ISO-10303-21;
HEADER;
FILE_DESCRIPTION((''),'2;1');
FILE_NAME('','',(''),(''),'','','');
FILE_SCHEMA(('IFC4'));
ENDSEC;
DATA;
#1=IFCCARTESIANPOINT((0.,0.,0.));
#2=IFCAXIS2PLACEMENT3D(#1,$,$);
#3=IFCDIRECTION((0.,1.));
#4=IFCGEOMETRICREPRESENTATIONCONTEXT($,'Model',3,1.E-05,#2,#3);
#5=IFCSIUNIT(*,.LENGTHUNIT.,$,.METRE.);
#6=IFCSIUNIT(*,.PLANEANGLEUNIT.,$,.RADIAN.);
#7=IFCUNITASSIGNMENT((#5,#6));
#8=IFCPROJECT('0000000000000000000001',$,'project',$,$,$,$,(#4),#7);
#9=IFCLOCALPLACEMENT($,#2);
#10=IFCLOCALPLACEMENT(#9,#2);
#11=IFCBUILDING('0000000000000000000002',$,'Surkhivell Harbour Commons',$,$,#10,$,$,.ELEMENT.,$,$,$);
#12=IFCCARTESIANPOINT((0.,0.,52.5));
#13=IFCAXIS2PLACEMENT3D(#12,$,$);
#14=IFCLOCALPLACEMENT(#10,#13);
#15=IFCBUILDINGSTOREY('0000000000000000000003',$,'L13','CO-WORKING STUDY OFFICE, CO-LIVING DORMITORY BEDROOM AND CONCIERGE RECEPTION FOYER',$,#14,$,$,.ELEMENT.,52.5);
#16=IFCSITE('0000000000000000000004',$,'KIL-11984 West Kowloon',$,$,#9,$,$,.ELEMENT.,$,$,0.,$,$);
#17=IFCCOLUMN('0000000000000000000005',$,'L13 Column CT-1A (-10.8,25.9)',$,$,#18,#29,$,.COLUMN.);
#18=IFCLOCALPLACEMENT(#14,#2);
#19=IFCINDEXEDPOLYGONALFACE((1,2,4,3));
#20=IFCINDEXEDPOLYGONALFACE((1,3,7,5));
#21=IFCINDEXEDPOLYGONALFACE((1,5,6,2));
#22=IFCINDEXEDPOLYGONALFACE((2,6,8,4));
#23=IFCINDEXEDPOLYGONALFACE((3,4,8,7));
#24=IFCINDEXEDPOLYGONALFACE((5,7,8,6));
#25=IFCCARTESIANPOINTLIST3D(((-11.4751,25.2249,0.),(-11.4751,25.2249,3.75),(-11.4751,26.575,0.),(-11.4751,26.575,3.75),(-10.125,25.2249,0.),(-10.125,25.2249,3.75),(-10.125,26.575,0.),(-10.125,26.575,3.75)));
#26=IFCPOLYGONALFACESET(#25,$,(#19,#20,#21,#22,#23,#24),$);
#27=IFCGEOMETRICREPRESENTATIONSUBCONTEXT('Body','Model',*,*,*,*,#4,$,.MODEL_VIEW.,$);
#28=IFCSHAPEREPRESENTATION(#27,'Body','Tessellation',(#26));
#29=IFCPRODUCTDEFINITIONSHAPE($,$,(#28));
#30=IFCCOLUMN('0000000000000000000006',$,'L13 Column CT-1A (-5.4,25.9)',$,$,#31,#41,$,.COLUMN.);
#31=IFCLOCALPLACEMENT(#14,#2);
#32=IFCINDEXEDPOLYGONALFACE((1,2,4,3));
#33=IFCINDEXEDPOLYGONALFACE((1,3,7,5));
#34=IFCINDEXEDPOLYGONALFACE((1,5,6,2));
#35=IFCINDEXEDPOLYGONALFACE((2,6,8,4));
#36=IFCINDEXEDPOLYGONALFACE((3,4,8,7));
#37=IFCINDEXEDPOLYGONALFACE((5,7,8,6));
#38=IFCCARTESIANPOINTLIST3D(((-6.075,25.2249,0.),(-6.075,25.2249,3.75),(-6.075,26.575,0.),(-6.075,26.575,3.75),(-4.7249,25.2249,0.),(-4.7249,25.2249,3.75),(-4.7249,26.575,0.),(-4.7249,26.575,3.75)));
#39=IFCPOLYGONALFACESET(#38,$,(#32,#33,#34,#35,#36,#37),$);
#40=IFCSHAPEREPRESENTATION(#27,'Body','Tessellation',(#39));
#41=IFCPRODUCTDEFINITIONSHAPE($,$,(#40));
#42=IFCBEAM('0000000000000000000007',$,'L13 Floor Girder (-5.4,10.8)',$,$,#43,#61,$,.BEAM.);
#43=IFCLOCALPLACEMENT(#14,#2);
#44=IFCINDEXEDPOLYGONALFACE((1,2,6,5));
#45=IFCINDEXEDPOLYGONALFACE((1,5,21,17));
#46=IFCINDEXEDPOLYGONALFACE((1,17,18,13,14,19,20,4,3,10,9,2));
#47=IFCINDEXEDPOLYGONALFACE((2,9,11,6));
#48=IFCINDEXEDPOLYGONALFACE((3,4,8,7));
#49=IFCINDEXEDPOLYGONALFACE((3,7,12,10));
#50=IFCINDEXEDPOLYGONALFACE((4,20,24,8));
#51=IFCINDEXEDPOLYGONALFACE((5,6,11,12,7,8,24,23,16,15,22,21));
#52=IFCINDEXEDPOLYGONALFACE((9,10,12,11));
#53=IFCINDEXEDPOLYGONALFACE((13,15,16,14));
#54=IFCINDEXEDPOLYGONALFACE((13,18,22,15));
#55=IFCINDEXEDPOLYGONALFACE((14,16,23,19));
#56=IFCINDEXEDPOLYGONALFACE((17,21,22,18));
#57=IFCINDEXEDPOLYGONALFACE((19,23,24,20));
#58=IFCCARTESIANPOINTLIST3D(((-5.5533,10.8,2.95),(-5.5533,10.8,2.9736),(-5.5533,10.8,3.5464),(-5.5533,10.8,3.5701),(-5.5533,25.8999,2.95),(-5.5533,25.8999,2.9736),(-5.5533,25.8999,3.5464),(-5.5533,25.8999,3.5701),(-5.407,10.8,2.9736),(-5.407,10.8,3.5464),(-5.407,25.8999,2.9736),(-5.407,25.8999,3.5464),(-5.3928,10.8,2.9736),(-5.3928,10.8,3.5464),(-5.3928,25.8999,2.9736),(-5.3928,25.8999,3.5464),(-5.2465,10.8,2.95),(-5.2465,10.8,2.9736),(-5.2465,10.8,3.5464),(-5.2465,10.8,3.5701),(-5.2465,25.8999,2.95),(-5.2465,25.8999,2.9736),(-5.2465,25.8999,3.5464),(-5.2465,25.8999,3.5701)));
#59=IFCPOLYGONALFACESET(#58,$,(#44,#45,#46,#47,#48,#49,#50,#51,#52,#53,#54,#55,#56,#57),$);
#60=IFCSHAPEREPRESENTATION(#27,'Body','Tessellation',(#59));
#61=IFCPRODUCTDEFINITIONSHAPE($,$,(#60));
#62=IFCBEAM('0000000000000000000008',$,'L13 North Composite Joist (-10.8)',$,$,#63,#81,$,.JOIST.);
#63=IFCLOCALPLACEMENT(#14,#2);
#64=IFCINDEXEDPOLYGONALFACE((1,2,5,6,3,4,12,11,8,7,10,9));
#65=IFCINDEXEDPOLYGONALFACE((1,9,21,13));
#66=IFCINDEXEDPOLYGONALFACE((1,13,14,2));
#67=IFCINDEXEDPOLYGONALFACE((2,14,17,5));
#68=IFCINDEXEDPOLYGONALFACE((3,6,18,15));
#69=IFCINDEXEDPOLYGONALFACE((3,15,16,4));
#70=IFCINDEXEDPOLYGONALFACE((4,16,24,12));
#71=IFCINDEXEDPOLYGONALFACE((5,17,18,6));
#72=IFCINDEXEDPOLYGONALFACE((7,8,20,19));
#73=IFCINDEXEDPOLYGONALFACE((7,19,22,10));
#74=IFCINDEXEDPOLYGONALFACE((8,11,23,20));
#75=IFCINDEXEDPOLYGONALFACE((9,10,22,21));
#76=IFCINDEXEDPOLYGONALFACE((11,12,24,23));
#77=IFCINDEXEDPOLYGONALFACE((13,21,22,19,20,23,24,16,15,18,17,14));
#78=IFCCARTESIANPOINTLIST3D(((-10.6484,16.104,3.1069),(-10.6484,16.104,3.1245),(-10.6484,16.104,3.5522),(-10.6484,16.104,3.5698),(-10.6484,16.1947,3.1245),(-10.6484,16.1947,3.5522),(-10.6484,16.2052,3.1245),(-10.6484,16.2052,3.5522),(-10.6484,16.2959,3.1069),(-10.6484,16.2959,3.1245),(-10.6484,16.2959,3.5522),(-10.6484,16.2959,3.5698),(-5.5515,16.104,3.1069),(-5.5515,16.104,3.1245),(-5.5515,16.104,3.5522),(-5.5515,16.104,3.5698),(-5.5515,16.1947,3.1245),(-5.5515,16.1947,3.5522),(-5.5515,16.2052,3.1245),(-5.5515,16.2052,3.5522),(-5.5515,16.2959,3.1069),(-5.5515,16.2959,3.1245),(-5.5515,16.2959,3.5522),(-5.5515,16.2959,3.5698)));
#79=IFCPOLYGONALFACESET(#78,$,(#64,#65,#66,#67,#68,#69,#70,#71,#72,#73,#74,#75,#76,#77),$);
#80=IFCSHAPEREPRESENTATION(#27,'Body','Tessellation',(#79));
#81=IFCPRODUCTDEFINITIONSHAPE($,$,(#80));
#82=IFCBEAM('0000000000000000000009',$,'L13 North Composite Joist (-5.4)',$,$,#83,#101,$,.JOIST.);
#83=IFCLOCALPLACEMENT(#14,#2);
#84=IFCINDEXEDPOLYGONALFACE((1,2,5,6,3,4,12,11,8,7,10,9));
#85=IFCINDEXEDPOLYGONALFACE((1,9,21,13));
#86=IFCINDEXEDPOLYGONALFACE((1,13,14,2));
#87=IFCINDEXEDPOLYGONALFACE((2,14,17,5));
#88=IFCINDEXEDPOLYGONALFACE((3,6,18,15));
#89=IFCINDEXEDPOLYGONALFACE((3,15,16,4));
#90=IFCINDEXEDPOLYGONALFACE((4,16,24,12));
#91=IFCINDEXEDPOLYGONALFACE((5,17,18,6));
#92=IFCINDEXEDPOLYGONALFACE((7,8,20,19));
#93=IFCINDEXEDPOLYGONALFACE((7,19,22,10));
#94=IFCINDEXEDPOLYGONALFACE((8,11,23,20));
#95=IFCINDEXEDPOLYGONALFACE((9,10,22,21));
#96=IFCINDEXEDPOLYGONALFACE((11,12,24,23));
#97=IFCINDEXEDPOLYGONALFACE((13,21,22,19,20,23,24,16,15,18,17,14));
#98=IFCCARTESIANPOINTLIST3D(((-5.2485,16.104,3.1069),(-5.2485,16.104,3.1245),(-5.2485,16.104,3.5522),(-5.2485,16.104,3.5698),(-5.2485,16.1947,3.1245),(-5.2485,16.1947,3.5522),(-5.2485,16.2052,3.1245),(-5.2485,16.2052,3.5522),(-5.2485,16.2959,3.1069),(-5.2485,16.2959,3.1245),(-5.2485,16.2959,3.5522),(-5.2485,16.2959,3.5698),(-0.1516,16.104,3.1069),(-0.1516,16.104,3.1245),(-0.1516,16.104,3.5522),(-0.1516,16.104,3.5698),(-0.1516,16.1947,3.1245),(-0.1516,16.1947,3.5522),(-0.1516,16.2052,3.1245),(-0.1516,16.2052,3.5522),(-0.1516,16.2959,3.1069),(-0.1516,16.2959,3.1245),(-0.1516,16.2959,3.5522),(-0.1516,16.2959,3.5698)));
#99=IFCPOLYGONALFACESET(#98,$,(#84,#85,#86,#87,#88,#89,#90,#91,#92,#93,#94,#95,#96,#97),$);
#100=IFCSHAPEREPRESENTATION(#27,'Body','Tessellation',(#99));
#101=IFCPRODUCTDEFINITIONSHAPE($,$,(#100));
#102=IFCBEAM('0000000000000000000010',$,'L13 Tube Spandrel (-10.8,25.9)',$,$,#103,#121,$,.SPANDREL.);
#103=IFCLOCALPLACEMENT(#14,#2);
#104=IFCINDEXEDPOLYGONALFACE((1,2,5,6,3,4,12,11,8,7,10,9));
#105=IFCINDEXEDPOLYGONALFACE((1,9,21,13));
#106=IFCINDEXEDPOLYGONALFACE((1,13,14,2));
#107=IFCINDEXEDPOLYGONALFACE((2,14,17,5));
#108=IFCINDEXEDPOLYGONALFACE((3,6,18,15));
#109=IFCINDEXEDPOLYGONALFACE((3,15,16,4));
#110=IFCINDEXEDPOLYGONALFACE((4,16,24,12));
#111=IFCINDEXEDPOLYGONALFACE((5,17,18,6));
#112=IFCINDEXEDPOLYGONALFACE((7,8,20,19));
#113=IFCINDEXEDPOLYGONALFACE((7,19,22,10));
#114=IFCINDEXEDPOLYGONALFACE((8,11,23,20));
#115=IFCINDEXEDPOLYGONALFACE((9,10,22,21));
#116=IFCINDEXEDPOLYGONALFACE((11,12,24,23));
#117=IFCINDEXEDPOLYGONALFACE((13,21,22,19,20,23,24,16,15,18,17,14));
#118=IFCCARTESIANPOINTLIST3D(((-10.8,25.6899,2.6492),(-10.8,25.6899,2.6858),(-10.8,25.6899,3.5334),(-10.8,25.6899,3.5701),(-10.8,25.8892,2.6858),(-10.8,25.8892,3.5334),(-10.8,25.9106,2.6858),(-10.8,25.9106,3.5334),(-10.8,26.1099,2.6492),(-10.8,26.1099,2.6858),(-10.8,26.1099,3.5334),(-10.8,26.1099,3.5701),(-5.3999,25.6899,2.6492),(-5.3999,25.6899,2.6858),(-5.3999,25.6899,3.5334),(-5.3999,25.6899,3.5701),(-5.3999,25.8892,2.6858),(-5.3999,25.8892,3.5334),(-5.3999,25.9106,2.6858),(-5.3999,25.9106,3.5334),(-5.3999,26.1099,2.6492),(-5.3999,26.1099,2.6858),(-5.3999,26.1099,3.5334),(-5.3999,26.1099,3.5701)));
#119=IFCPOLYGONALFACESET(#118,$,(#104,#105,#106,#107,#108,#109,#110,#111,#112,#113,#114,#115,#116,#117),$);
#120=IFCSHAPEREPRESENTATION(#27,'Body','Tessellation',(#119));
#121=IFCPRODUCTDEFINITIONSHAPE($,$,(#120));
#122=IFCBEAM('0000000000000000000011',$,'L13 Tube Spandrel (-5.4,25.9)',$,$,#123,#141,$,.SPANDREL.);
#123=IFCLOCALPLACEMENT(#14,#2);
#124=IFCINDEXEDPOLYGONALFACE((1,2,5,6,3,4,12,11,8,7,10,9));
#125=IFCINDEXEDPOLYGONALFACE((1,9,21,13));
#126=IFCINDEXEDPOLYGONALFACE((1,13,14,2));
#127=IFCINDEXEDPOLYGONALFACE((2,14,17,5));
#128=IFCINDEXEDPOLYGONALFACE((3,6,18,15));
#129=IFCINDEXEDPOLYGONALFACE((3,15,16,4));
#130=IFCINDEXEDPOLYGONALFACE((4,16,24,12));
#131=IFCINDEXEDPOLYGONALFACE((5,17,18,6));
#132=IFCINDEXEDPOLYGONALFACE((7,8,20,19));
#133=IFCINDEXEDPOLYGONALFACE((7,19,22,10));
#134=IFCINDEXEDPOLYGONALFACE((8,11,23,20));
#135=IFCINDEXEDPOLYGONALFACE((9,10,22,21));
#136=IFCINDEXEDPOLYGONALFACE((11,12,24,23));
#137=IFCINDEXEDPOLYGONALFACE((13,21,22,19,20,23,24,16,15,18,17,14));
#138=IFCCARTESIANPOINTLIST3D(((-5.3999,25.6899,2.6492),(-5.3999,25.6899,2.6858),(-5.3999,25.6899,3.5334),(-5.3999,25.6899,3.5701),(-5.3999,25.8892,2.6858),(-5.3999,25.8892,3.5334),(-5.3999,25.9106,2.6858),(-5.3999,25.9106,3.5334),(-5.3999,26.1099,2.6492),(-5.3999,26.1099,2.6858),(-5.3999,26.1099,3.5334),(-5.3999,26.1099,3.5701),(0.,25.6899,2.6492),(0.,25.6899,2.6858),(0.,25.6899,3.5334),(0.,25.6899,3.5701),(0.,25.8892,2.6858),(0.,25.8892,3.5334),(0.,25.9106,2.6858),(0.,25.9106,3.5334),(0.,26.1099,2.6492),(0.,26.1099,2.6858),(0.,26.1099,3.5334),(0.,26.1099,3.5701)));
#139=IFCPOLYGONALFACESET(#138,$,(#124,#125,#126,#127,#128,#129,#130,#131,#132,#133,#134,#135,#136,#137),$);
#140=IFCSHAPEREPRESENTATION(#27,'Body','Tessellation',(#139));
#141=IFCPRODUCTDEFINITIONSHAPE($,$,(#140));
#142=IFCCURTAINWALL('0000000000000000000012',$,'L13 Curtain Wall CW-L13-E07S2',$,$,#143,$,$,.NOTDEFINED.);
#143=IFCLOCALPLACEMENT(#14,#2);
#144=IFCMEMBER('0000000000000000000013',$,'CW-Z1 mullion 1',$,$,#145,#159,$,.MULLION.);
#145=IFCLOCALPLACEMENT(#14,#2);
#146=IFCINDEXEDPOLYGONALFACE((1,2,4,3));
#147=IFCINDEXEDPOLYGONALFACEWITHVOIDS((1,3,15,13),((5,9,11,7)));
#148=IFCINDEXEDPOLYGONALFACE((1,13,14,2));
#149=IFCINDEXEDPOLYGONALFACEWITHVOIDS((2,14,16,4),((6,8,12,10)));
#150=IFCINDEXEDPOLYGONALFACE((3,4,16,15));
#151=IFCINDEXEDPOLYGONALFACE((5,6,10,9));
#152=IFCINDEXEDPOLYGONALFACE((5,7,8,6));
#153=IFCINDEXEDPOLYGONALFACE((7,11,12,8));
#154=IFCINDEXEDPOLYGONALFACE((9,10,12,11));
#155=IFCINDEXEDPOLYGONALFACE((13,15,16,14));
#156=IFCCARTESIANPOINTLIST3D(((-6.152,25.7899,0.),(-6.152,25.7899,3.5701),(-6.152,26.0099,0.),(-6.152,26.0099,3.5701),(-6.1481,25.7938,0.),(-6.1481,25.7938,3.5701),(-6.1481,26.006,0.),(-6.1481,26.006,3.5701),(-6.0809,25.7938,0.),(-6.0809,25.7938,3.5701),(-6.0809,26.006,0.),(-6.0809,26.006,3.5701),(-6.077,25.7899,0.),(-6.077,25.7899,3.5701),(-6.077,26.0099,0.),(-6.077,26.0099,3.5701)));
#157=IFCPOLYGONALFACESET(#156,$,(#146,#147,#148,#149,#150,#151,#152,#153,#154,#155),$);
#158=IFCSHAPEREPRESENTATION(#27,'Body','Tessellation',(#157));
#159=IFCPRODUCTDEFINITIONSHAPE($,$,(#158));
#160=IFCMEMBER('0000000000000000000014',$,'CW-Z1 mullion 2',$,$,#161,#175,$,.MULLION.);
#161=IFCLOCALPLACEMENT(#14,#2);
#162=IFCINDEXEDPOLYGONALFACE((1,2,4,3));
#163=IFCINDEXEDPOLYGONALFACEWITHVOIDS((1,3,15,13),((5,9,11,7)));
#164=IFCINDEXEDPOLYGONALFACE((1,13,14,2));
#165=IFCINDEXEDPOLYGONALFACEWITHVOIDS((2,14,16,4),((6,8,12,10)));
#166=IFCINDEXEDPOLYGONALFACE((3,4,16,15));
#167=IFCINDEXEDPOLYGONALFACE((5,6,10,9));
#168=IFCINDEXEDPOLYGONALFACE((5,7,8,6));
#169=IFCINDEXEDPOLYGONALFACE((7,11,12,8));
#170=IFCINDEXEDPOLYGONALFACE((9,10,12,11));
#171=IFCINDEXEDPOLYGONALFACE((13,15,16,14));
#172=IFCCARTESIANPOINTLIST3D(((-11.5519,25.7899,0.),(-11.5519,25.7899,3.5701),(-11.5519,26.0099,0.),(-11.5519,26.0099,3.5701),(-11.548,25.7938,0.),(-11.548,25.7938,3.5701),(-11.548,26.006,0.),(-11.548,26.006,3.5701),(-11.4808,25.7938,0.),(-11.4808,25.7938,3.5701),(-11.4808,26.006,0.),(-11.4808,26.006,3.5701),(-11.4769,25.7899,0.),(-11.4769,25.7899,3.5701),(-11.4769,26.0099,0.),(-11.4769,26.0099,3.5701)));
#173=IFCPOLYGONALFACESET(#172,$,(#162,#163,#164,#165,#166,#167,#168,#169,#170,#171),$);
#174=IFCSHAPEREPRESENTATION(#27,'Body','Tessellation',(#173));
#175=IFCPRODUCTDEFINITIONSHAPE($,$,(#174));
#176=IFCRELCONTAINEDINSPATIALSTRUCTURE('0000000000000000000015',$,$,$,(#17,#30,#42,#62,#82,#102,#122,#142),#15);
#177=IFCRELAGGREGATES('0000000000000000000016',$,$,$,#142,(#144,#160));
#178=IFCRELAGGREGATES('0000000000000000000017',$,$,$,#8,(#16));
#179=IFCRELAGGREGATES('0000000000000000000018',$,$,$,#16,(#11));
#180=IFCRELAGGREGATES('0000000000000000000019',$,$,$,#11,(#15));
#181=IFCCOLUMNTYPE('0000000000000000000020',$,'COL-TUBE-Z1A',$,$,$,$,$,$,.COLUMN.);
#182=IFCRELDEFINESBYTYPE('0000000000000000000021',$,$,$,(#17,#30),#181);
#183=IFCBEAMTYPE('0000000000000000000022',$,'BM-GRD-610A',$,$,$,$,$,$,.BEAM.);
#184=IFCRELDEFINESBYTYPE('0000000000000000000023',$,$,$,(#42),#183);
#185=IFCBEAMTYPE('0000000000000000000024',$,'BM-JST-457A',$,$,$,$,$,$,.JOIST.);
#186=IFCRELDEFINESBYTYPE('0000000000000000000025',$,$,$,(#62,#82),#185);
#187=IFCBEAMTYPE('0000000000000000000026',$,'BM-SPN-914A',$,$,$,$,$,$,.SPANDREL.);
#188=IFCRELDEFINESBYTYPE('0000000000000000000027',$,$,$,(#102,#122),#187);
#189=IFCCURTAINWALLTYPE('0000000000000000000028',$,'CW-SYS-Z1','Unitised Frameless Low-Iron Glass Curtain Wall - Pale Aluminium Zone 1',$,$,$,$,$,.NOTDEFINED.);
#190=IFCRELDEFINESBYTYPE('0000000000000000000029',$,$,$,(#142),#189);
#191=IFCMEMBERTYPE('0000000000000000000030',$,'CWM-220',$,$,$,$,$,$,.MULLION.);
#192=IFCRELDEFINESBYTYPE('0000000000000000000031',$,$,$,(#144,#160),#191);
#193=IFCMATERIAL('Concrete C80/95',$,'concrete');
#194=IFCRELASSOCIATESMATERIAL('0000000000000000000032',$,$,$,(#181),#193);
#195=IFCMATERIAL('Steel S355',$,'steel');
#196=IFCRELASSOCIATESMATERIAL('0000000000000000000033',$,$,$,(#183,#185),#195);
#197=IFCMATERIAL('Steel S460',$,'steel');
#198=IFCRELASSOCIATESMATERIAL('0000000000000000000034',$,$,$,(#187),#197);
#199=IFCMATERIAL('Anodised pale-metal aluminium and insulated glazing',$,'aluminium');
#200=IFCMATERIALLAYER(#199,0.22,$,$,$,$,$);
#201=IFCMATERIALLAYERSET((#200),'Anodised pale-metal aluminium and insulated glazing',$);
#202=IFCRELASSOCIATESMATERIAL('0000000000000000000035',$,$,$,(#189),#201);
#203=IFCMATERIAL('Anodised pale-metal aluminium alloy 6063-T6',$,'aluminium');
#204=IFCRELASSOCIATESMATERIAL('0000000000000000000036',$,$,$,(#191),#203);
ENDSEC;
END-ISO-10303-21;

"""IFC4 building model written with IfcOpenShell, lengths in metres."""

from ifc_helpers import new_model, si_unit, direction, frame, origin, origin_2d, place, context, subcontext, project, spatial, rectangle, hollow_rectangle, i_section, extrude, material, layer, layer_set, material_profile, profile_set, type_object, element, aggregate, save


model = new_model("IFC4")

# Units and contexts
model_context = context("Model", 3, precision=1e-05, world=origin(), true_north=direction((0.0, 1.0)))
body_context = subcontext(model_context, "Body", "Model", "MODEL_VIEW")
ifc_project = project(units=[si_unit("LENGTHUNIT", "METRE"), si_unit("PLANEANGLEUNIT", "RADIAN")], contexts=[model_context])

# Site, building, storey
site_placement = place(None, origin())
site = spatial("IfcSite", under=ifc_project, at=site_placement, Name="KIL-11984 West Kowloon", CompositionType="ELEMENT", RefElevation=0.0)
building_placement = place(site_placement, origin())
building = spatial("IfcBuilding", under=site, at=building_placement, Name="Surkhivell Harbour Commons", CompositionType="ELEMENT")
storey_placement = place(building_placement, frame((0.0, 0.0, 52.5)))
storey = spatial("IfcBuildingStorey", under=building, at=storey_placement, Name="L13", Description="CO-WORKING STUDY OFFICE, CO-LIVING DORMITORY BEDROOM AND CONCIERGE RECEPTION FOYER", CompositionType="ELEMENT", Elevation=52.5)

# Columns
ifc_material_1 = material(Name="Concrete C80/95", Category="concrete")
ifc_material_profile_1 = material_profile(ifc_material_1, rectangle(XDim=1.3501, YDim=1.3501, at=origin_2d()), Name="RC-COL-1350x1350")
ifc_profile_set_1 = profile_set([ifc_material_profile_1], Name="Concrete C80/95")
column_type = type_object("IfcColumnType", Name="COL-TUBE-Z1A", PredefinedType="COLUMN", material=ifc_profile_set_1)
for number, where, z_axis, x_axis, name in (
    (1, (-10.8, 25.8999, 0.0), (0.0, 0.0, 1.0), (1.0, 0.0, 0.0), "L13 Column CT-1A (-10.8,25.9)"),
    (2, (-5.3999, 25.8999, 0.0), (0.0, 0.0, 1.0), (1.0, 0.0, 0.0), "L13 Column CT-1A (-5.4,25.9)"),
):
    element("IfcColumn", number, at=place(storey_placement, frame(where, z_axis=z_axis, x_axis=x_axis)), inside=storey, type_object=column_type, Name=name, PredefinedType="COLUMN", context=body_context, shape_type="SweptSolid", body=[
        extrude(rectangle(XDim=1.3501, YDim=1.3501, at=origin_2d()), origin(), (0.0, 0.0, 1.0), 3.75),
    ])

# Beams
ifc_material_2 = material(Name="Steel S355", Category="steel")
ifc_material_profile_2 = material_profile(ifc_material_2, i_section(OverallWidth=0.3069, OverallDepth=0.6201, WebThickness=0.0142, FlangeThickness=0.0237, at=origin_2d()), Name="UB610x305x179")
ifc_profile_set_2 = profile_set([ifc_material_profile_2], Name="Steel S355")
beam_type_1 = type_object("IfcBeamType", Name="BM-GRD-610A", PredefinedType="BEAM", material=ifc_profile_set_2)
beam_1_placement = place(storey_placement, frame((-5.3999, 10.8, 3.26), z_axis=(0.0, 1.0, 0.0), x_axis=(-1.0, 0.0, 0.0)))
element("IfcBeam", 3, at=beam_1_placement, inside=storey, type_object=beam_type_1, Name="L13 Floor Girder (-5.4,10.8)", PredefinedType="BEAM", context=body_context, shape_type="SweptSolid", body=[
    extrude(i_section(OverallWidth=0.3069, OverallDepth=0.6201, WebThickness=0.0142, FlangeThickness=0.0237, at=origin_2d()), origin(), (0.0, 0.0, 1.0), 15.0999),
])
ifc_material_profile_3 = material_profile(ifc_material_2, i_section(OverallWidth=0.1919, OverallDepth=0.4629, WebThickness=0.0105, FlangeThickness=0.0176, at=origin_2d()), Name="UB457x191x89")
ifc_profile_set_3 = profile_set([ifc_material_profile_3], Name="Steel S355")
beam_type_2 = type_object("IfcBeamType", Name="BM-JST-457A", PredefinedType="JOIST", material=ifc_profile_set_3)
for number, where, z_axis, x_axis, name in (
    (4, (-10.6484, 16.2, 3.3384), (1.0, 0.0, 0.0), (0.0, 1.0, 0.0), "L13 North Composite Joist (-10.8)"),
    (5, (-5.2485, 16.2, 3.3384), (1.0, 0.0, 0.0), (0.0, 1.0, 0.0), "L13 North Composite Joist (-5.4)"),
):
    element("IfcBeam", number, at=place(storey_placement, frame(where, z_axis=z_axis, x_axis=x_axis)), inside=storey, type_object=beam_type_2, Name=name, PredefinedType="JOIST", context=body_context, shape_type="SweptSolid", body=[
        extrude(i_section(OverallWidth=0.1919, OverallDepth=0.4629, WebThickness=0.0105, FlangeThickness=0.0176, at=origin_2d()), origin(), (0.0, 0.0, 1.0), 5.0969),
    ])
ifc_material_3 = material(Name="Steel S460", Category="steel")
ifc_material_profile_4 = material_profile(ifc_material_3, i_section(OverallWidth=0.4199, OverallDepth=0.9209, WebThickness=0.0215, FlangeThickness=0.0366, at=origin_2d()), Name="UB914x419x388")
ifc_profile_set_4 = profile_set([ifc_material_profile_4], Name="Steel S460")
beam_type_3 = type_object("IfcBeamType", Name="BM-SPN-914A", PredefinedType="SPANDREL", material=ifc_profile_set_4)
beam_2_placement = place(storey_placement, frame((-10.8, 25.8999, 3.1096), z_axis=(1.0, 0.0, 0.0), x_axis=(0.0, 1.0, 0.0)))
element("IfcBeam", 6, at=beam_2_placement, inside=storey, type_object=beam_type_3, Name="L13 Tube Spandrel (-10.8,25.9)", PredefinedType="SPANDREL", context=body_context, shape_type="SweptSolid", body=[
    extrude(i_section(OverallWidth=0.4199, OverallDepth=0.9209, WebThickness=0.0215, FlangeThickness=0.0366, at=origin_2d()), origin(), (0.0, 0.0, 1.0), 5.4001),
])
beam_3_placement = place(storey_placement, frame((-5.3999, 25.8999, 3.1096), z_axis=(1.0, 0.0, 0.0), x_axis=(0.0, 1.0, 0.0)))
element("IfcBeam", 7, at=beam_3_placement, inside=storey, type_object=beam_type_3, Name="L13 Tube Spandrel (-5.4,25.9)", PredefinedType="SPANDREL", context=body_context, shape_type="SweptSolid", body=[
    extrude(i_section(OverallWidth=0.4199, OverallDepth=0.9209, WebThickness=0.0215, FlangeThickness=0.0366, at=origin_2d()), origin(), (0.0, 0.0, 1.0), 5.3999),
])

# Curtain wall, members
ifc_material_4 = material(Name="Anodised pale-metal aluminium and insulated glazing", Category="aluminium")
ifc_layer_1 = layer(ifc_material_4, 0.22)
ifc_layer_set_1 = layer_set([ifc_layer_1], Name="Anodised pale-metal aluminium and insulated glazing")
curtain_wall_type = type_object("IfcCurtainWallType", Name="CW-SYS-Z1", Description="Unitised Frameless Low-Iron Glass Curtain Wall - Pale Aluminium Zone 1", PredefinedType="NOTDEFINED", material=ifc_layer_set_1)
curtain_wall_placement = place(storey_placement, origin())
curtain_wall = element("IfcCurtainWall", 8, at=curtain_wall_placement, inside=storey, type_object=curtain_wall_type, Name="L13 Curtain Wall CW-L13-E07S2", PredefinedType="NOTDEFINED")
ifc_material_5 = material(Name="Anodised pale-metal aluminium alloy 6063-T6", Category="aluminium")
ifc_material_profile_5 = material_profile(ifc_material_5, hollow_rectangle(XDim=0.075, YDim=0.22, WallThickness=0.0039, at=origin_2d()), Name="ALU-MULL-75x220")
ifc_profile_set_5 = profile_set([ifc_material_profile_5], Name="Anodised pale-metal aluminium alloy 6063-T6")
member_type_1 = type_object("IfcMemberType", Name="CWM-220", PredefinedType="MULLION", material=ifc_profile_set_5)
member_1_placement = place(storey_placement, frame((-6.1145, 25.8999, 0.0), z_axis=(0.0, 0.0, 1.0), x_axis=(-1.0, 0.0, 0.0)))
member_1 = element("IfcMember", 9, at=member_1_placement, type_object=member_type_1, Name="CW-Z1 mullion 1", PredefinedType="MULLION", context=body_context, shape_type="SweptSolid", body=[
    extrude(hollow_rectangle(XDim=0.075, YDim=0.22, WallThickness=0.0039, at=origin_2d()), origin(), (0.0, 0.0, 1.0), 3.5701),
])
member_2_placement = place(storey_placement, frame((-11.5144, 25.8999, 0.0), z_axis=(0.0, 0.0, 1.0), x_axis=(-1.0, 0.0, 0.0)))
member_2 = element("IfcMember", 10, at=member_2_placement, type_object=member_type_1, Name="CW-Z1 mullion 2", PredefinedType="MULLION", context=body_context, shape_type="SweptSolid", body=[
    extrude(hollow_rectangle(XDim=0.075, YDim=0.22, WallThickness=0.0039, at=origin_2d()), origin(), (0.0, 0.0, 1.0), 3.5701),
])

aggregate(curtain_wall, [member_1, member_2])

save(model, "model.ifc")
